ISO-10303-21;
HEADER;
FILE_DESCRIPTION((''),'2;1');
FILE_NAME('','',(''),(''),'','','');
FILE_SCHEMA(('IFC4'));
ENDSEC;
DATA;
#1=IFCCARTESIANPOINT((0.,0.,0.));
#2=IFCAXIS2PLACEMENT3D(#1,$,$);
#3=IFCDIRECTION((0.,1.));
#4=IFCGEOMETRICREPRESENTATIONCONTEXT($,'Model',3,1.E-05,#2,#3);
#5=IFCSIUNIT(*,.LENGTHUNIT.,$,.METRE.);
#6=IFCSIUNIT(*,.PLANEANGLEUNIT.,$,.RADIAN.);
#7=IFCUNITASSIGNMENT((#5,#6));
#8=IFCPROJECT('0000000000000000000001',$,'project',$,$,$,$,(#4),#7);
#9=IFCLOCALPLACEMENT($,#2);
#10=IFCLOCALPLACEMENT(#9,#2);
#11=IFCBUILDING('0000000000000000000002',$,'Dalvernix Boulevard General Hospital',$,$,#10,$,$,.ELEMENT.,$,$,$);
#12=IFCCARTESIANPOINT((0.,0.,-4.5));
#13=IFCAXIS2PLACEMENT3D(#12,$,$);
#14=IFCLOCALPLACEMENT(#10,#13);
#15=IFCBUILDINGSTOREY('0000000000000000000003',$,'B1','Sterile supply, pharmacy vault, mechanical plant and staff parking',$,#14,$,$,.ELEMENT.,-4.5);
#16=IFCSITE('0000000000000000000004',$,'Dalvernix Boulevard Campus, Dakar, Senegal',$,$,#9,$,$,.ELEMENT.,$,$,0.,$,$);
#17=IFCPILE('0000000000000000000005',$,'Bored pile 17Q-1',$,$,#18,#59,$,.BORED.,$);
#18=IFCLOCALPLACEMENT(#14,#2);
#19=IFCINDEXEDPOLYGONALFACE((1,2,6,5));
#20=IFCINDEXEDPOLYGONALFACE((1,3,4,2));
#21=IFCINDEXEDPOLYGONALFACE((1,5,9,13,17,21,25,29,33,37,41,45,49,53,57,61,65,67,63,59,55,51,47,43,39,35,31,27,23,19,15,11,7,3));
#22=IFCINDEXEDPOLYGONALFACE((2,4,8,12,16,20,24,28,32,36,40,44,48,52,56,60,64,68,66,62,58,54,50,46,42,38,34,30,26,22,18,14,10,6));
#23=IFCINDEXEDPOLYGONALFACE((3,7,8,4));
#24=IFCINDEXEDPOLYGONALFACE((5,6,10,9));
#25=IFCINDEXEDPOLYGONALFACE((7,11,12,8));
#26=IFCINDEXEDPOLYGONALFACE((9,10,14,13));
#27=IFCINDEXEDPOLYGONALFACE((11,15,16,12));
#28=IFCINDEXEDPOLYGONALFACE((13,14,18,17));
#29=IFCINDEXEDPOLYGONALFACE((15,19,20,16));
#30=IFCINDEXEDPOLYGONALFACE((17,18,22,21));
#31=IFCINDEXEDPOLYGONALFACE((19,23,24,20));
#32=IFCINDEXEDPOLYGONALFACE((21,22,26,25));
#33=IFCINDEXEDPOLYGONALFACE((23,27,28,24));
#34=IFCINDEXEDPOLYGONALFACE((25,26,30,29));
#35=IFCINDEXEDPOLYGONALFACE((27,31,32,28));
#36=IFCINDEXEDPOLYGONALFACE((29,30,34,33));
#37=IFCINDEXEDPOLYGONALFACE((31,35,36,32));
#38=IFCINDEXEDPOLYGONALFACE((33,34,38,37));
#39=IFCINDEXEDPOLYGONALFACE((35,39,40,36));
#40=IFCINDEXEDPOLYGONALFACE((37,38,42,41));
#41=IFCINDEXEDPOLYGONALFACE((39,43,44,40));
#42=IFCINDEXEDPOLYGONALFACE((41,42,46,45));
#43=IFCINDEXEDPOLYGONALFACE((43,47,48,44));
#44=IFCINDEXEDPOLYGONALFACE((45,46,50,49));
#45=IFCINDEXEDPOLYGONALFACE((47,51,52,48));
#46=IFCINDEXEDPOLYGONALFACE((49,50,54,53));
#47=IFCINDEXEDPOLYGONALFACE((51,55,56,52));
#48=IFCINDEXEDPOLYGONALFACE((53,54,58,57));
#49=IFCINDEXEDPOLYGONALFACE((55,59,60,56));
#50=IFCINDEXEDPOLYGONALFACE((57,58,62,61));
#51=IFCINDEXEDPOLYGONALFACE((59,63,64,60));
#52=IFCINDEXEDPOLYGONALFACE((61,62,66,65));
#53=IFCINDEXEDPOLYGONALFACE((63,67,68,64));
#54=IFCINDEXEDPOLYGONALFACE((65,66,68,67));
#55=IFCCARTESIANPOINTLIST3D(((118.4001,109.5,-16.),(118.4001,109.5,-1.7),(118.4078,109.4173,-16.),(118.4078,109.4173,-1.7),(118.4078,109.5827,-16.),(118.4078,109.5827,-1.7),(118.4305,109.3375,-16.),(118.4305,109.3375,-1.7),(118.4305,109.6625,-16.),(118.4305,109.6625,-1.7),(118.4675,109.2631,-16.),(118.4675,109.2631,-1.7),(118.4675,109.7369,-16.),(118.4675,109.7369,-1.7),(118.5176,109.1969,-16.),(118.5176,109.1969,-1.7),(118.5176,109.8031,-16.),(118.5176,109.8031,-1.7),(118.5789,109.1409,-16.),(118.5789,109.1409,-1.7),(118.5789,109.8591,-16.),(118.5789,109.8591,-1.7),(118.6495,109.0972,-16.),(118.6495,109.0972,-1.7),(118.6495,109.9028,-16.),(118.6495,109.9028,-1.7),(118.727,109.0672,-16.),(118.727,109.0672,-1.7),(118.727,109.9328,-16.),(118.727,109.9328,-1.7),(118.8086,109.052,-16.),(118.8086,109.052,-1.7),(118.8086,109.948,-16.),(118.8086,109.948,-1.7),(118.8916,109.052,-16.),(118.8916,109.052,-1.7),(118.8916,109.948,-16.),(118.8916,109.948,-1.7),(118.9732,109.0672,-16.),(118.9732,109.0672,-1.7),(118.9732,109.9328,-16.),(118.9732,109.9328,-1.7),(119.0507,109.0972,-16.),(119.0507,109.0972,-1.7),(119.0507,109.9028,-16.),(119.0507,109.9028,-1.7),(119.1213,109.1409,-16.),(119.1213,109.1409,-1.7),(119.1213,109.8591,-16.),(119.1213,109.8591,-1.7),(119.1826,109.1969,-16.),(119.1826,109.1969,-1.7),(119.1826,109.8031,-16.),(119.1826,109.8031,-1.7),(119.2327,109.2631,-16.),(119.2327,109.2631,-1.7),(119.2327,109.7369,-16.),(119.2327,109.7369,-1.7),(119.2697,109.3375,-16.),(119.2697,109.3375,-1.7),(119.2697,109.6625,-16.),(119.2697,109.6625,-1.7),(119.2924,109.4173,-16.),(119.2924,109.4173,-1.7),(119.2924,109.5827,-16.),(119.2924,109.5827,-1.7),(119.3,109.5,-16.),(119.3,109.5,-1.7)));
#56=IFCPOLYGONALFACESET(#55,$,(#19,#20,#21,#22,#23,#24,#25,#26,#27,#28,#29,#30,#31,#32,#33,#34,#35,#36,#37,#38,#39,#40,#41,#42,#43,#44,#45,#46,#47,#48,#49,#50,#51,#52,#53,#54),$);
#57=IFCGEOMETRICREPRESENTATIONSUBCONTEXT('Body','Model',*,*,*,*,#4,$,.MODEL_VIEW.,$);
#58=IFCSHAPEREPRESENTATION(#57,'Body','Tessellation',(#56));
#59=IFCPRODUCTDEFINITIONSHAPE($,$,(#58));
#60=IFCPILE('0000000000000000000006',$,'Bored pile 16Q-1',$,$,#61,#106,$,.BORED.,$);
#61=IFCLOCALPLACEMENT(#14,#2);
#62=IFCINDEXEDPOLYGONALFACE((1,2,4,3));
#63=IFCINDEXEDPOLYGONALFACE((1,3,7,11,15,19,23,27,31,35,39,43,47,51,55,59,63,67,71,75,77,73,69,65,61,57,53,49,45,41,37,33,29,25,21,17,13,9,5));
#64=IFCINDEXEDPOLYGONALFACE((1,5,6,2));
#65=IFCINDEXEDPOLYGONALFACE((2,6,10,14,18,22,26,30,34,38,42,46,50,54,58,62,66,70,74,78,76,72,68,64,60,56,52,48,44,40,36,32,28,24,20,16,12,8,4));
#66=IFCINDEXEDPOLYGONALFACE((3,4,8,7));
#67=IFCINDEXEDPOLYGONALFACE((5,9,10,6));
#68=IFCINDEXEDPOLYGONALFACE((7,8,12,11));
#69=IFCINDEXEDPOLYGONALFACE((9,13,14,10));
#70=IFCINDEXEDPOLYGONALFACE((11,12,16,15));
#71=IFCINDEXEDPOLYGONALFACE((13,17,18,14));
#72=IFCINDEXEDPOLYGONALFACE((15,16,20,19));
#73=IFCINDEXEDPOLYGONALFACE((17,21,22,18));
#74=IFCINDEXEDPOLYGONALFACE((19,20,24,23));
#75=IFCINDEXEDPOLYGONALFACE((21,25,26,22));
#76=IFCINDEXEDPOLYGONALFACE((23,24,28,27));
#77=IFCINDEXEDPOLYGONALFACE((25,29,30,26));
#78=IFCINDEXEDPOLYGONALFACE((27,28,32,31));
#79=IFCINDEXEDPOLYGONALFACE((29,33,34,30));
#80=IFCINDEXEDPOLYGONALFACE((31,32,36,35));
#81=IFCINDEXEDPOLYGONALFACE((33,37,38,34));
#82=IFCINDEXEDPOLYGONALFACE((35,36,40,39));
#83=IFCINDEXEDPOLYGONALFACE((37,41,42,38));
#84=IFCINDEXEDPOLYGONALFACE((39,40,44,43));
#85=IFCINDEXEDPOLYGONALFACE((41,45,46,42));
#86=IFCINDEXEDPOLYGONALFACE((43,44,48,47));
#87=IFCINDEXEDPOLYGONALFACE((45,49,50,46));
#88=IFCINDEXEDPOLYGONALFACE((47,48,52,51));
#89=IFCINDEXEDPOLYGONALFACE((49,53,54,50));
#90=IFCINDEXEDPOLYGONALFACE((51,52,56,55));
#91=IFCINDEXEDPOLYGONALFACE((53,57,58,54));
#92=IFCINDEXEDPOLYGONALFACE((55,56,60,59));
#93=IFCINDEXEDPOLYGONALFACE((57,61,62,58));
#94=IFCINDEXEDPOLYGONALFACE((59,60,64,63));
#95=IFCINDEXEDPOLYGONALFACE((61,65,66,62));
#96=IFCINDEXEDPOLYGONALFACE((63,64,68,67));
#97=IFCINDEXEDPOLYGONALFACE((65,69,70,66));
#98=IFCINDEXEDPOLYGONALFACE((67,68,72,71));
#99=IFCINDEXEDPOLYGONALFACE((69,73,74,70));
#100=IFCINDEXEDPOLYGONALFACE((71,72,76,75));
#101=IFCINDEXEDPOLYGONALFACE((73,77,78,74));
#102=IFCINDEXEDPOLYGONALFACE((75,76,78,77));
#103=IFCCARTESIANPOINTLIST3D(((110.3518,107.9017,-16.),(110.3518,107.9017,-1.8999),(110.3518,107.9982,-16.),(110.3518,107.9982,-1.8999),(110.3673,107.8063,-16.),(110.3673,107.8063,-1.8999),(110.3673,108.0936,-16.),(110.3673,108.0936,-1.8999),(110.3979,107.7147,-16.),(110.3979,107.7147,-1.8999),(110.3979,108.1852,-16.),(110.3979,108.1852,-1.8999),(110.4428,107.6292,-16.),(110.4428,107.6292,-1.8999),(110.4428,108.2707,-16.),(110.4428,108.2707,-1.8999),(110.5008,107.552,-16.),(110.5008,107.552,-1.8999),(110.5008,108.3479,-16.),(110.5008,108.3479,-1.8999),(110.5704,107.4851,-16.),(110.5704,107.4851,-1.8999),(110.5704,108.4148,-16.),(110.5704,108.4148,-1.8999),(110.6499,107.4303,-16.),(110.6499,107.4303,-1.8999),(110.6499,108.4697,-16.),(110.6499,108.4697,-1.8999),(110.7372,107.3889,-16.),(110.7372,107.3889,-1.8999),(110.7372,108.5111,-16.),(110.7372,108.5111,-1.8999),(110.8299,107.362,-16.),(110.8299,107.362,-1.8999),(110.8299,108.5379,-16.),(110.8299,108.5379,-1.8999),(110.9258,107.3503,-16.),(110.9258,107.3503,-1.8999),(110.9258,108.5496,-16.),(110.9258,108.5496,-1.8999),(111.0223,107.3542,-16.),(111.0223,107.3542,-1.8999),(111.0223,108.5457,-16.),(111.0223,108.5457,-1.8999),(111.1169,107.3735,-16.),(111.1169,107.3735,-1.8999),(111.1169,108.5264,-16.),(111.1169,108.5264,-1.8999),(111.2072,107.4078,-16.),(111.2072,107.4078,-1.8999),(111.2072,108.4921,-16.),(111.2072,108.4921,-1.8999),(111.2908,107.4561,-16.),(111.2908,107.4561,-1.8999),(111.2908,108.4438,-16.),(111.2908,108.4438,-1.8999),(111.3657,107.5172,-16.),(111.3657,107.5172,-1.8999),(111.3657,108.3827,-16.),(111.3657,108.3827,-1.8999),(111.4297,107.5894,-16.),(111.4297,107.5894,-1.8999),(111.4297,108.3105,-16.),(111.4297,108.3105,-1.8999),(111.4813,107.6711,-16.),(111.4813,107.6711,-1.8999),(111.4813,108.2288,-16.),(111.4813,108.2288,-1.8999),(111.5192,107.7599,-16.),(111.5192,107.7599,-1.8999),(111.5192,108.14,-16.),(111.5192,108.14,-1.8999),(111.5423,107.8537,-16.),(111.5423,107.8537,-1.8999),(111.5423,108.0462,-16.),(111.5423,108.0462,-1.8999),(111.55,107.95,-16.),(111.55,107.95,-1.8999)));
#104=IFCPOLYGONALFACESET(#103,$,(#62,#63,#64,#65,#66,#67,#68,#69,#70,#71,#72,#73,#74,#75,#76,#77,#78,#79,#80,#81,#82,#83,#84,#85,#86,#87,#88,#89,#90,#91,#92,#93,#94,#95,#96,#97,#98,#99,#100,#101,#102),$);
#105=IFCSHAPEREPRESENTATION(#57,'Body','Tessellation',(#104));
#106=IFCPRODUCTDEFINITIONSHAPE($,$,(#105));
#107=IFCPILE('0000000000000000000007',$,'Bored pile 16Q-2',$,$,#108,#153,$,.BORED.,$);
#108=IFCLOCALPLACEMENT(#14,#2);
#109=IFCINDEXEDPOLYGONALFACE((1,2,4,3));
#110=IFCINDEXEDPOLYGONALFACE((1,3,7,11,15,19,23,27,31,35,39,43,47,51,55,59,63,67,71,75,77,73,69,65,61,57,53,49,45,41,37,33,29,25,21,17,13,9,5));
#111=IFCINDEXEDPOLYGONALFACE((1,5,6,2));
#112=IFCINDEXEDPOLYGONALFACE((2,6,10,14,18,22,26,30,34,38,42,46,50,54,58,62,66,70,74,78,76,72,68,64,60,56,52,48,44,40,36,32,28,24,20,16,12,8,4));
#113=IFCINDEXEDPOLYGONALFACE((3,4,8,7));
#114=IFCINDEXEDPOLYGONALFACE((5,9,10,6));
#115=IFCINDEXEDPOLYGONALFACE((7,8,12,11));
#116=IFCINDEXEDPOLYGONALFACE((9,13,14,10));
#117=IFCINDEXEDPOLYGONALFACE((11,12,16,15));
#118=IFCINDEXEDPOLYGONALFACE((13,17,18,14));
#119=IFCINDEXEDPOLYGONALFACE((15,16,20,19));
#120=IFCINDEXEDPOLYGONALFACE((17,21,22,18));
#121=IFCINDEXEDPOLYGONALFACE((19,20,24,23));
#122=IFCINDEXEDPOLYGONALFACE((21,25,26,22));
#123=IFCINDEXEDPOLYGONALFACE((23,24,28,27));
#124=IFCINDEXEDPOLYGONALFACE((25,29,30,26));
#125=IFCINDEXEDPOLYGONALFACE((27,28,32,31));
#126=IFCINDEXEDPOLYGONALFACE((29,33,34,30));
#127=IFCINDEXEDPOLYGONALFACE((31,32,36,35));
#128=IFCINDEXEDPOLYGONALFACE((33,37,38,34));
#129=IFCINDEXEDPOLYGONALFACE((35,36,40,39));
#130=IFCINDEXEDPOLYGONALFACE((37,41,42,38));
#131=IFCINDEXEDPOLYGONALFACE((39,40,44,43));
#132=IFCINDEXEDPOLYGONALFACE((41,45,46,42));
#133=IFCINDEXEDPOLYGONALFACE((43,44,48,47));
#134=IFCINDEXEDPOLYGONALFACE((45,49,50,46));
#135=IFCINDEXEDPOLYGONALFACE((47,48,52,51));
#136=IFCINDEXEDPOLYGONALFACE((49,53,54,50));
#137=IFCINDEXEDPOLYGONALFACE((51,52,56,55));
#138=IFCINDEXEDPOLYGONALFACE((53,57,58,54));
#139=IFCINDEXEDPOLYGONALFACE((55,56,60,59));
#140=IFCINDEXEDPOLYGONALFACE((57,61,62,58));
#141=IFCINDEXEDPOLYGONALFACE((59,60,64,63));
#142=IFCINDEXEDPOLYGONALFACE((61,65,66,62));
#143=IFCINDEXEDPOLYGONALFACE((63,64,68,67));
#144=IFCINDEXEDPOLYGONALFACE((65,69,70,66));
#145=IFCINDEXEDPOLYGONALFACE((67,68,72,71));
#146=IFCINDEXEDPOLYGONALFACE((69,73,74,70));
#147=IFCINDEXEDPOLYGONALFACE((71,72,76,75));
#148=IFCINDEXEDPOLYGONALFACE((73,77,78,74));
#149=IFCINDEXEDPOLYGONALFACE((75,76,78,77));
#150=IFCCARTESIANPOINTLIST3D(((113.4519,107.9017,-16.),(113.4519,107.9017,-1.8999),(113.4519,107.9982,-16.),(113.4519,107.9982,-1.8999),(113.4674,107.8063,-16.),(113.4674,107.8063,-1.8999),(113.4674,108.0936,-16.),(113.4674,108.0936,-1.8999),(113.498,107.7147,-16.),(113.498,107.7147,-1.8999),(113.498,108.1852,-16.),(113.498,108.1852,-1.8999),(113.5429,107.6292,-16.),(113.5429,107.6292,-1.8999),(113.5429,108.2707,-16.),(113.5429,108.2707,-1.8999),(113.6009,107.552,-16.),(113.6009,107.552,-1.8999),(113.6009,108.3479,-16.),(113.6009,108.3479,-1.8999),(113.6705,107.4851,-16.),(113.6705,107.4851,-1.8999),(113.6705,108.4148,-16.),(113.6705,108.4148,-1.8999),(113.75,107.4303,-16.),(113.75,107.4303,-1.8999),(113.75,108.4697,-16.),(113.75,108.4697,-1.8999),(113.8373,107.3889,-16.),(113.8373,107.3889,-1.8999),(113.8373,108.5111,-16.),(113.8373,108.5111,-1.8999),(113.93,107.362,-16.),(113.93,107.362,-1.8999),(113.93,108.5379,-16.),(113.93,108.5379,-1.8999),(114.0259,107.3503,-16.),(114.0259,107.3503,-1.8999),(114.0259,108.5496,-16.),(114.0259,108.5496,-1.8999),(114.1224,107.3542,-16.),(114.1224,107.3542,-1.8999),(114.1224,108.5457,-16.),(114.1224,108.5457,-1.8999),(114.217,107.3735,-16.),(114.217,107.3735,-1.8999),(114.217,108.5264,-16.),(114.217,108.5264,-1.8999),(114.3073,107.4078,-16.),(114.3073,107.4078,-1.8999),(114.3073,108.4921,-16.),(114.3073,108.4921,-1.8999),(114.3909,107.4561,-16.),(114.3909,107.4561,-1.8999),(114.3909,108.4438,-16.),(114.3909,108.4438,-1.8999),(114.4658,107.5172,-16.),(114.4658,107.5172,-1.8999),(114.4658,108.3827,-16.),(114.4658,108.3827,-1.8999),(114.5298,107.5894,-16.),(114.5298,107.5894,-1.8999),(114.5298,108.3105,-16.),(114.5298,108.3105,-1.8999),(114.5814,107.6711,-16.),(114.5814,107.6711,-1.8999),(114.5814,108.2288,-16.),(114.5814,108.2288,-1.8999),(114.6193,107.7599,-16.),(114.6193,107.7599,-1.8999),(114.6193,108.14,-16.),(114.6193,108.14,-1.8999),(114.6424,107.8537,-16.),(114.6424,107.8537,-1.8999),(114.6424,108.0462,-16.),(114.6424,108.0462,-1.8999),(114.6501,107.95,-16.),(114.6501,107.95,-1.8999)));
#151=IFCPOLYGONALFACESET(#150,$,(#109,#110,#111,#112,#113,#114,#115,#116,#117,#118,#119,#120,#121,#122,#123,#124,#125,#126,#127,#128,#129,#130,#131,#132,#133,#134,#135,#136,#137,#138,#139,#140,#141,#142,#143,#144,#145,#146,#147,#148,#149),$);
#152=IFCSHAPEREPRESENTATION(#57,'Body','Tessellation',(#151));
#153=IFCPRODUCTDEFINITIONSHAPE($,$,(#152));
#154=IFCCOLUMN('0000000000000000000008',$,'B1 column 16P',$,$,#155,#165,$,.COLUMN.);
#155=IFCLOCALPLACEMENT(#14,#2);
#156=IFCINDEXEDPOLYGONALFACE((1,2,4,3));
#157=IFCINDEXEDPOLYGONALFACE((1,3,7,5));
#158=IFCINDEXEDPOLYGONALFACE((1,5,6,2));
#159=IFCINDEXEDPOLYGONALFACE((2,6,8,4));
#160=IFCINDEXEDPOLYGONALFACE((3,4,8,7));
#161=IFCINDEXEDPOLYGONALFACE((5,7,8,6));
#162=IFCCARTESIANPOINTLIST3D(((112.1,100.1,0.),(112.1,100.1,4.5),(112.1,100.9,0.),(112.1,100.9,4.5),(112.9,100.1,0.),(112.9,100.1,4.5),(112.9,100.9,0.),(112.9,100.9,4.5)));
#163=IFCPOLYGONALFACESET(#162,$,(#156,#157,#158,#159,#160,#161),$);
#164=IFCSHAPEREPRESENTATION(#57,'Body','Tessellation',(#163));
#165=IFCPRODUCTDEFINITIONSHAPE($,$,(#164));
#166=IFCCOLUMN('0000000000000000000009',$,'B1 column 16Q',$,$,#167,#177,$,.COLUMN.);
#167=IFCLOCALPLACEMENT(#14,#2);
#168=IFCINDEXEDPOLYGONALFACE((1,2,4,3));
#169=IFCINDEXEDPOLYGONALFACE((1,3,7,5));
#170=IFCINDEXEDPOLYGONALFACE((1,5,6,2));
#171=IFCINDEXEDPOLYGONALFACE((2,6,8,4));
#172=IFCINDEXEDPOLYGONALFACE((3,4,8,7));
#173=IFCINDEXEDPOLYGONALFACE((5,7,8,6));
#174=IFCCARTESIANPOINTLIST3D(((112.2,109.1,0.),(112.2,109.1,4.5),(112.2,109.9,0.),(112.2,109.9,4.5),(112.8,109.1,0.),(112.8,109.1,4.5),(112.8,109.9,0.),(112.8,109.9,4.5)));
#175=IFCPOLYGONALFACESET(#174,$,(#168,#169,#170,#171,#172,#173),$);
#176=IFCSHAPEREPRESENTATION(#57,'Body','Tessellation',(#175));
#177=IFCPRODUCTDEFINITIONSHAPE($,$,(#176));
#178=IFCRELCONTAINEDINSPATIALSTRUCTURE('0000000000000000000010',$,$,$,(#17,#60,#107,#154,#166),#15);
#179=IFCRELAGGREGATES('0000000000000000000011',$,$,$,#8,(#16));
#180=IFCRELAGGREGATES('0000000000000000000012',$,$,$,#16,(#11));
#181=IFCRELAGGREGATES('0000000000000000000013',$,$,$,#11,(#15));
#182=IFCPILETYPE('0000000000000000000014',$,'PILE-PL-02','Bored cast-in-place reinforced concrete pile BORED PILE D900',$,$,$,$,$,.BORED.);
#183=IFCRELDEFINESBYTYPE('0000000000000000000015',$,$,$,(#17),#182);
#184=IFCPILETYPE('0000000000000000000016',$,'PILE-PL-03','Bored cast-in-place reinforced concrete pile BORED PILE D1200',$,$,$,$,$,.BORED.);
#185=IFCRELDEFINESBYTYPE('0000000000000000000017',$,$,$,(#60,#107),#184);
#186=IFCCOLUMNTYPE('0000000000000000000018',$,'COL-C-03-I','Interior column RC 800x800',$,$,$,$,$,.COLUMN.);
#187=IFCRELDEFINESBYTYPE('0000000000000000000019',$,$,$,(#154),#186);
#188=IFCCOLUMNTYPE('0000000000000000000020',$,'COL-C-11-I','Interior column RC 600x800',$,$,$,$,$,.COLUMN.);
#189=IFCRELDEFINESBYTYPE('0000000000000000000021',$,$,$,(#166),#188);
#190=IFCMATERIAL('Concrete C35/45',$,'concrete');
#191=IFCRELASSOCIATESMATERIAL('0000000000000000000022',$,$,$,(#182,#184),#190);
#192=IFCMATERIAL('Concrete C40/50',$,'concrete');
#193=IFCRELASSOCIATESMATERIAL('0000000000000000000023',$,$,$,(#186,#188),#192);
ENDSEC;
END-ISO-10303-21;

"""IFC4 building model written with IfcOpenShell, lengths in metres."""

from ifc_helpers import new_model, si_unit, direction, frame, origin, origin_2d, place, context, subcontext, project, spatial, rectangle, circle, extrude, material, material_profile, profile_set, type_object, element, save


model = new_model("IFC4")

# Units and contexts
model_context = context("Model", 3, precision=1e-05, world=origin(), true_north=direction((0.0, 1.0)))
body_context = subcontext(model_context, "Body", "Model", "MODEL_VIEW")
ifc_project = project(units=[si_unit("LENGTHUNIT", "METRE"), si_unit("PLANEANGLEUNIT", "RADIAN")], contexts=[model_context])

# Site, building, storey
site_placement = place(None, origin())
site = spatial("IfcSite", under=ifc_project, at=site_placement, Name="Dalvernix Boulevard Campus, Dakar, Senegal", CompositionType="ELEMENT", RefElevation=0.0)
building_placement = place(site_placement, origin())
building = spatial("IfcBuilding", under=site, at=building_placement, Name="Dalvernix Boulevard General Hospital", CompositionType="ELEMENT")
storey_placement = place(building_placement, frame((0.0, 0.0, -4.5)))
storey = spatial("IfcBuildingStorey", under=building, at=storey_placement, Name="B1", Description="Sterile supply, pharmacy vault, mechanical plant and staff parking", CompositionType="ELEMENT", Elevation=-4.5)

# Shared definitions
ifc_material_1 = material(Name="Concrete C35/45", Category="concrete")
ifc_material_2 = material(Name="Concrete C40/50", Category="concrete")

# Piles
ifc_material_profile_1 = material_profile(ifc_material_1, circle(Radius=0.45, at=origin_2d()), Name="BORED PILE D900")
ifc_profile_set_1 = profile_set([ifc_material_profile_1], Name="Concrete C35/45")
pile_type_1 = type_object("IfcPileType", Name="PILE-PL-02", Description="Bored cast-in-place reinforced concrete pile BORED PILE D900", PredefinedType="BORED", material=ifc_profile_set_1)
for number, where, z_axis, x_axis, name in (
    (1, (118.8501, 109.5, -1.7), (0.0, 0.0, -1.0), (1.0, 0.0, 0.0), "Bored pile 17Q-1"),
):
    element("IfcPile", number, at=place(storey_placement, frame(where, z_axis=z_axis, x_axis=x_axis)), inside=storey, type_object=pile_type_1, Name=name, PredefinedType="BORED", context=body_context, shape_type="SweptSolid", body=[
        extrude(circle(Radius=0.45, at=origin_2d()), origin(), (0.0, 0.0, 1.0), 14.3),
    ])
ifc_material_profile_2 = material_profile(ifc_material_1, circle(Radius=0.6001, at=origin_2d()), Name="BORED PILE D1200")
ifc_profile_set_2 = profile_set([ifc_material_profile_2], Name="Concrete C35/45")
pile_type_2 = type_object("IfcPileType", Name="PILE-PL-03", Description="Bored cast-in-place reinforced concrete pile BORED PILE D1200", PredefinedType="BORED", material=ifc_profile_set_2)
for number, where, z_axis, x_axis, name in (
    (2, (110.95, 107.95, -1.8999), (0.0, 0.0, -1.0), (1.0, 0.0, 0.0), "Bored pile 16Q-1"),
    (3, (114.05, 107.95, -1.8999), (0.0, 0.0, -1.0), (1.0, 0.0, 0.0), "Bored pile 16Q-2"),
):
    element("IfcPile", number, at=place(storey_placement, frame(where, z_axis=z_axis, x_axis=x_axis)), inside=storey, type_object=pile_type_2, Name=name, PredefinedType="BORED", context=body_context, shape_type="SweptSolid", body=[
        extrude(circle(Radius=0.6001, at=origin_2d()), origin(), (0.0, 0.0, 1.0), 14.1001),
    ])

# Columns
ifc_material_profile_3 = material_profile(ifc_material_2, rectangle(XDim=0.8, YDim=0.8, at=origin_2d()), Name="RC 800x800")
ifc_profile_set_3 = profile_set([ifc_material_profile_3], Name="Concrete C40/50")
column_type_1 = type_object("IfcColumnType", Name="COL-C-03-I", Description="Interior column RC 800x800", PredefinedType="COLUMN", material=ifc_profile_set_3)
column_1_placement = place(storey_placement, frame((112.5, 100.5, 0.0), z_axis=(0.0, 0.0, 1.0), x_axis=(1.0, 0.0, 0.0)))
element("IfcColumn", 4, at=column_1_placement, inside=storey, type_object=column_type_1, Name="B1 column 16P", PredefinedType="COLUMN", context=body_context, shape_type="SweptSolid", body=[
    extrude(rectangle(XDim=0.8, YDim=0.8, at=origin_2d()), origin(), (0.0, 0.0, 1.0), 4.5),
])
ifc_material_profile_4 = material_profile(ifc_material_2, rectangle(XDim=0.6001, YDim=0.8, at=origin_2d()), Name="RC 600x800")
ifc_profile_set_4 = profile_set([ifc_material_profile_4], Name="Concrete C40/50")
column_type_2 = type_object("IfcColumnType", Name="COL-C-11-I", Description="Interior column RC 600x800", PredefinedType="COLUMN", material=ifc_profile_set_4)
column_2_placement = place(storey_placement, frame((112.5, 109.5, 0.0), z_axis=(0.0, 0.0, 1.0), x_axis=(1.0, 0.0, 0.0)))
element("IfcColumn", 5, at=column_2_placement, inside=storey, type_object=column_type_2, Name="B1 column 16Q", PredefinedType="COLUMN", context=body_context, shape_type="SweptSolid", body=[
    extrude(rectangle(XDim=0.6001, YDim=0.8, at=origin_2d()), origin(), (0.0, 0.0, 1.0), 4.5),
])

save(model, "model.ifc")
